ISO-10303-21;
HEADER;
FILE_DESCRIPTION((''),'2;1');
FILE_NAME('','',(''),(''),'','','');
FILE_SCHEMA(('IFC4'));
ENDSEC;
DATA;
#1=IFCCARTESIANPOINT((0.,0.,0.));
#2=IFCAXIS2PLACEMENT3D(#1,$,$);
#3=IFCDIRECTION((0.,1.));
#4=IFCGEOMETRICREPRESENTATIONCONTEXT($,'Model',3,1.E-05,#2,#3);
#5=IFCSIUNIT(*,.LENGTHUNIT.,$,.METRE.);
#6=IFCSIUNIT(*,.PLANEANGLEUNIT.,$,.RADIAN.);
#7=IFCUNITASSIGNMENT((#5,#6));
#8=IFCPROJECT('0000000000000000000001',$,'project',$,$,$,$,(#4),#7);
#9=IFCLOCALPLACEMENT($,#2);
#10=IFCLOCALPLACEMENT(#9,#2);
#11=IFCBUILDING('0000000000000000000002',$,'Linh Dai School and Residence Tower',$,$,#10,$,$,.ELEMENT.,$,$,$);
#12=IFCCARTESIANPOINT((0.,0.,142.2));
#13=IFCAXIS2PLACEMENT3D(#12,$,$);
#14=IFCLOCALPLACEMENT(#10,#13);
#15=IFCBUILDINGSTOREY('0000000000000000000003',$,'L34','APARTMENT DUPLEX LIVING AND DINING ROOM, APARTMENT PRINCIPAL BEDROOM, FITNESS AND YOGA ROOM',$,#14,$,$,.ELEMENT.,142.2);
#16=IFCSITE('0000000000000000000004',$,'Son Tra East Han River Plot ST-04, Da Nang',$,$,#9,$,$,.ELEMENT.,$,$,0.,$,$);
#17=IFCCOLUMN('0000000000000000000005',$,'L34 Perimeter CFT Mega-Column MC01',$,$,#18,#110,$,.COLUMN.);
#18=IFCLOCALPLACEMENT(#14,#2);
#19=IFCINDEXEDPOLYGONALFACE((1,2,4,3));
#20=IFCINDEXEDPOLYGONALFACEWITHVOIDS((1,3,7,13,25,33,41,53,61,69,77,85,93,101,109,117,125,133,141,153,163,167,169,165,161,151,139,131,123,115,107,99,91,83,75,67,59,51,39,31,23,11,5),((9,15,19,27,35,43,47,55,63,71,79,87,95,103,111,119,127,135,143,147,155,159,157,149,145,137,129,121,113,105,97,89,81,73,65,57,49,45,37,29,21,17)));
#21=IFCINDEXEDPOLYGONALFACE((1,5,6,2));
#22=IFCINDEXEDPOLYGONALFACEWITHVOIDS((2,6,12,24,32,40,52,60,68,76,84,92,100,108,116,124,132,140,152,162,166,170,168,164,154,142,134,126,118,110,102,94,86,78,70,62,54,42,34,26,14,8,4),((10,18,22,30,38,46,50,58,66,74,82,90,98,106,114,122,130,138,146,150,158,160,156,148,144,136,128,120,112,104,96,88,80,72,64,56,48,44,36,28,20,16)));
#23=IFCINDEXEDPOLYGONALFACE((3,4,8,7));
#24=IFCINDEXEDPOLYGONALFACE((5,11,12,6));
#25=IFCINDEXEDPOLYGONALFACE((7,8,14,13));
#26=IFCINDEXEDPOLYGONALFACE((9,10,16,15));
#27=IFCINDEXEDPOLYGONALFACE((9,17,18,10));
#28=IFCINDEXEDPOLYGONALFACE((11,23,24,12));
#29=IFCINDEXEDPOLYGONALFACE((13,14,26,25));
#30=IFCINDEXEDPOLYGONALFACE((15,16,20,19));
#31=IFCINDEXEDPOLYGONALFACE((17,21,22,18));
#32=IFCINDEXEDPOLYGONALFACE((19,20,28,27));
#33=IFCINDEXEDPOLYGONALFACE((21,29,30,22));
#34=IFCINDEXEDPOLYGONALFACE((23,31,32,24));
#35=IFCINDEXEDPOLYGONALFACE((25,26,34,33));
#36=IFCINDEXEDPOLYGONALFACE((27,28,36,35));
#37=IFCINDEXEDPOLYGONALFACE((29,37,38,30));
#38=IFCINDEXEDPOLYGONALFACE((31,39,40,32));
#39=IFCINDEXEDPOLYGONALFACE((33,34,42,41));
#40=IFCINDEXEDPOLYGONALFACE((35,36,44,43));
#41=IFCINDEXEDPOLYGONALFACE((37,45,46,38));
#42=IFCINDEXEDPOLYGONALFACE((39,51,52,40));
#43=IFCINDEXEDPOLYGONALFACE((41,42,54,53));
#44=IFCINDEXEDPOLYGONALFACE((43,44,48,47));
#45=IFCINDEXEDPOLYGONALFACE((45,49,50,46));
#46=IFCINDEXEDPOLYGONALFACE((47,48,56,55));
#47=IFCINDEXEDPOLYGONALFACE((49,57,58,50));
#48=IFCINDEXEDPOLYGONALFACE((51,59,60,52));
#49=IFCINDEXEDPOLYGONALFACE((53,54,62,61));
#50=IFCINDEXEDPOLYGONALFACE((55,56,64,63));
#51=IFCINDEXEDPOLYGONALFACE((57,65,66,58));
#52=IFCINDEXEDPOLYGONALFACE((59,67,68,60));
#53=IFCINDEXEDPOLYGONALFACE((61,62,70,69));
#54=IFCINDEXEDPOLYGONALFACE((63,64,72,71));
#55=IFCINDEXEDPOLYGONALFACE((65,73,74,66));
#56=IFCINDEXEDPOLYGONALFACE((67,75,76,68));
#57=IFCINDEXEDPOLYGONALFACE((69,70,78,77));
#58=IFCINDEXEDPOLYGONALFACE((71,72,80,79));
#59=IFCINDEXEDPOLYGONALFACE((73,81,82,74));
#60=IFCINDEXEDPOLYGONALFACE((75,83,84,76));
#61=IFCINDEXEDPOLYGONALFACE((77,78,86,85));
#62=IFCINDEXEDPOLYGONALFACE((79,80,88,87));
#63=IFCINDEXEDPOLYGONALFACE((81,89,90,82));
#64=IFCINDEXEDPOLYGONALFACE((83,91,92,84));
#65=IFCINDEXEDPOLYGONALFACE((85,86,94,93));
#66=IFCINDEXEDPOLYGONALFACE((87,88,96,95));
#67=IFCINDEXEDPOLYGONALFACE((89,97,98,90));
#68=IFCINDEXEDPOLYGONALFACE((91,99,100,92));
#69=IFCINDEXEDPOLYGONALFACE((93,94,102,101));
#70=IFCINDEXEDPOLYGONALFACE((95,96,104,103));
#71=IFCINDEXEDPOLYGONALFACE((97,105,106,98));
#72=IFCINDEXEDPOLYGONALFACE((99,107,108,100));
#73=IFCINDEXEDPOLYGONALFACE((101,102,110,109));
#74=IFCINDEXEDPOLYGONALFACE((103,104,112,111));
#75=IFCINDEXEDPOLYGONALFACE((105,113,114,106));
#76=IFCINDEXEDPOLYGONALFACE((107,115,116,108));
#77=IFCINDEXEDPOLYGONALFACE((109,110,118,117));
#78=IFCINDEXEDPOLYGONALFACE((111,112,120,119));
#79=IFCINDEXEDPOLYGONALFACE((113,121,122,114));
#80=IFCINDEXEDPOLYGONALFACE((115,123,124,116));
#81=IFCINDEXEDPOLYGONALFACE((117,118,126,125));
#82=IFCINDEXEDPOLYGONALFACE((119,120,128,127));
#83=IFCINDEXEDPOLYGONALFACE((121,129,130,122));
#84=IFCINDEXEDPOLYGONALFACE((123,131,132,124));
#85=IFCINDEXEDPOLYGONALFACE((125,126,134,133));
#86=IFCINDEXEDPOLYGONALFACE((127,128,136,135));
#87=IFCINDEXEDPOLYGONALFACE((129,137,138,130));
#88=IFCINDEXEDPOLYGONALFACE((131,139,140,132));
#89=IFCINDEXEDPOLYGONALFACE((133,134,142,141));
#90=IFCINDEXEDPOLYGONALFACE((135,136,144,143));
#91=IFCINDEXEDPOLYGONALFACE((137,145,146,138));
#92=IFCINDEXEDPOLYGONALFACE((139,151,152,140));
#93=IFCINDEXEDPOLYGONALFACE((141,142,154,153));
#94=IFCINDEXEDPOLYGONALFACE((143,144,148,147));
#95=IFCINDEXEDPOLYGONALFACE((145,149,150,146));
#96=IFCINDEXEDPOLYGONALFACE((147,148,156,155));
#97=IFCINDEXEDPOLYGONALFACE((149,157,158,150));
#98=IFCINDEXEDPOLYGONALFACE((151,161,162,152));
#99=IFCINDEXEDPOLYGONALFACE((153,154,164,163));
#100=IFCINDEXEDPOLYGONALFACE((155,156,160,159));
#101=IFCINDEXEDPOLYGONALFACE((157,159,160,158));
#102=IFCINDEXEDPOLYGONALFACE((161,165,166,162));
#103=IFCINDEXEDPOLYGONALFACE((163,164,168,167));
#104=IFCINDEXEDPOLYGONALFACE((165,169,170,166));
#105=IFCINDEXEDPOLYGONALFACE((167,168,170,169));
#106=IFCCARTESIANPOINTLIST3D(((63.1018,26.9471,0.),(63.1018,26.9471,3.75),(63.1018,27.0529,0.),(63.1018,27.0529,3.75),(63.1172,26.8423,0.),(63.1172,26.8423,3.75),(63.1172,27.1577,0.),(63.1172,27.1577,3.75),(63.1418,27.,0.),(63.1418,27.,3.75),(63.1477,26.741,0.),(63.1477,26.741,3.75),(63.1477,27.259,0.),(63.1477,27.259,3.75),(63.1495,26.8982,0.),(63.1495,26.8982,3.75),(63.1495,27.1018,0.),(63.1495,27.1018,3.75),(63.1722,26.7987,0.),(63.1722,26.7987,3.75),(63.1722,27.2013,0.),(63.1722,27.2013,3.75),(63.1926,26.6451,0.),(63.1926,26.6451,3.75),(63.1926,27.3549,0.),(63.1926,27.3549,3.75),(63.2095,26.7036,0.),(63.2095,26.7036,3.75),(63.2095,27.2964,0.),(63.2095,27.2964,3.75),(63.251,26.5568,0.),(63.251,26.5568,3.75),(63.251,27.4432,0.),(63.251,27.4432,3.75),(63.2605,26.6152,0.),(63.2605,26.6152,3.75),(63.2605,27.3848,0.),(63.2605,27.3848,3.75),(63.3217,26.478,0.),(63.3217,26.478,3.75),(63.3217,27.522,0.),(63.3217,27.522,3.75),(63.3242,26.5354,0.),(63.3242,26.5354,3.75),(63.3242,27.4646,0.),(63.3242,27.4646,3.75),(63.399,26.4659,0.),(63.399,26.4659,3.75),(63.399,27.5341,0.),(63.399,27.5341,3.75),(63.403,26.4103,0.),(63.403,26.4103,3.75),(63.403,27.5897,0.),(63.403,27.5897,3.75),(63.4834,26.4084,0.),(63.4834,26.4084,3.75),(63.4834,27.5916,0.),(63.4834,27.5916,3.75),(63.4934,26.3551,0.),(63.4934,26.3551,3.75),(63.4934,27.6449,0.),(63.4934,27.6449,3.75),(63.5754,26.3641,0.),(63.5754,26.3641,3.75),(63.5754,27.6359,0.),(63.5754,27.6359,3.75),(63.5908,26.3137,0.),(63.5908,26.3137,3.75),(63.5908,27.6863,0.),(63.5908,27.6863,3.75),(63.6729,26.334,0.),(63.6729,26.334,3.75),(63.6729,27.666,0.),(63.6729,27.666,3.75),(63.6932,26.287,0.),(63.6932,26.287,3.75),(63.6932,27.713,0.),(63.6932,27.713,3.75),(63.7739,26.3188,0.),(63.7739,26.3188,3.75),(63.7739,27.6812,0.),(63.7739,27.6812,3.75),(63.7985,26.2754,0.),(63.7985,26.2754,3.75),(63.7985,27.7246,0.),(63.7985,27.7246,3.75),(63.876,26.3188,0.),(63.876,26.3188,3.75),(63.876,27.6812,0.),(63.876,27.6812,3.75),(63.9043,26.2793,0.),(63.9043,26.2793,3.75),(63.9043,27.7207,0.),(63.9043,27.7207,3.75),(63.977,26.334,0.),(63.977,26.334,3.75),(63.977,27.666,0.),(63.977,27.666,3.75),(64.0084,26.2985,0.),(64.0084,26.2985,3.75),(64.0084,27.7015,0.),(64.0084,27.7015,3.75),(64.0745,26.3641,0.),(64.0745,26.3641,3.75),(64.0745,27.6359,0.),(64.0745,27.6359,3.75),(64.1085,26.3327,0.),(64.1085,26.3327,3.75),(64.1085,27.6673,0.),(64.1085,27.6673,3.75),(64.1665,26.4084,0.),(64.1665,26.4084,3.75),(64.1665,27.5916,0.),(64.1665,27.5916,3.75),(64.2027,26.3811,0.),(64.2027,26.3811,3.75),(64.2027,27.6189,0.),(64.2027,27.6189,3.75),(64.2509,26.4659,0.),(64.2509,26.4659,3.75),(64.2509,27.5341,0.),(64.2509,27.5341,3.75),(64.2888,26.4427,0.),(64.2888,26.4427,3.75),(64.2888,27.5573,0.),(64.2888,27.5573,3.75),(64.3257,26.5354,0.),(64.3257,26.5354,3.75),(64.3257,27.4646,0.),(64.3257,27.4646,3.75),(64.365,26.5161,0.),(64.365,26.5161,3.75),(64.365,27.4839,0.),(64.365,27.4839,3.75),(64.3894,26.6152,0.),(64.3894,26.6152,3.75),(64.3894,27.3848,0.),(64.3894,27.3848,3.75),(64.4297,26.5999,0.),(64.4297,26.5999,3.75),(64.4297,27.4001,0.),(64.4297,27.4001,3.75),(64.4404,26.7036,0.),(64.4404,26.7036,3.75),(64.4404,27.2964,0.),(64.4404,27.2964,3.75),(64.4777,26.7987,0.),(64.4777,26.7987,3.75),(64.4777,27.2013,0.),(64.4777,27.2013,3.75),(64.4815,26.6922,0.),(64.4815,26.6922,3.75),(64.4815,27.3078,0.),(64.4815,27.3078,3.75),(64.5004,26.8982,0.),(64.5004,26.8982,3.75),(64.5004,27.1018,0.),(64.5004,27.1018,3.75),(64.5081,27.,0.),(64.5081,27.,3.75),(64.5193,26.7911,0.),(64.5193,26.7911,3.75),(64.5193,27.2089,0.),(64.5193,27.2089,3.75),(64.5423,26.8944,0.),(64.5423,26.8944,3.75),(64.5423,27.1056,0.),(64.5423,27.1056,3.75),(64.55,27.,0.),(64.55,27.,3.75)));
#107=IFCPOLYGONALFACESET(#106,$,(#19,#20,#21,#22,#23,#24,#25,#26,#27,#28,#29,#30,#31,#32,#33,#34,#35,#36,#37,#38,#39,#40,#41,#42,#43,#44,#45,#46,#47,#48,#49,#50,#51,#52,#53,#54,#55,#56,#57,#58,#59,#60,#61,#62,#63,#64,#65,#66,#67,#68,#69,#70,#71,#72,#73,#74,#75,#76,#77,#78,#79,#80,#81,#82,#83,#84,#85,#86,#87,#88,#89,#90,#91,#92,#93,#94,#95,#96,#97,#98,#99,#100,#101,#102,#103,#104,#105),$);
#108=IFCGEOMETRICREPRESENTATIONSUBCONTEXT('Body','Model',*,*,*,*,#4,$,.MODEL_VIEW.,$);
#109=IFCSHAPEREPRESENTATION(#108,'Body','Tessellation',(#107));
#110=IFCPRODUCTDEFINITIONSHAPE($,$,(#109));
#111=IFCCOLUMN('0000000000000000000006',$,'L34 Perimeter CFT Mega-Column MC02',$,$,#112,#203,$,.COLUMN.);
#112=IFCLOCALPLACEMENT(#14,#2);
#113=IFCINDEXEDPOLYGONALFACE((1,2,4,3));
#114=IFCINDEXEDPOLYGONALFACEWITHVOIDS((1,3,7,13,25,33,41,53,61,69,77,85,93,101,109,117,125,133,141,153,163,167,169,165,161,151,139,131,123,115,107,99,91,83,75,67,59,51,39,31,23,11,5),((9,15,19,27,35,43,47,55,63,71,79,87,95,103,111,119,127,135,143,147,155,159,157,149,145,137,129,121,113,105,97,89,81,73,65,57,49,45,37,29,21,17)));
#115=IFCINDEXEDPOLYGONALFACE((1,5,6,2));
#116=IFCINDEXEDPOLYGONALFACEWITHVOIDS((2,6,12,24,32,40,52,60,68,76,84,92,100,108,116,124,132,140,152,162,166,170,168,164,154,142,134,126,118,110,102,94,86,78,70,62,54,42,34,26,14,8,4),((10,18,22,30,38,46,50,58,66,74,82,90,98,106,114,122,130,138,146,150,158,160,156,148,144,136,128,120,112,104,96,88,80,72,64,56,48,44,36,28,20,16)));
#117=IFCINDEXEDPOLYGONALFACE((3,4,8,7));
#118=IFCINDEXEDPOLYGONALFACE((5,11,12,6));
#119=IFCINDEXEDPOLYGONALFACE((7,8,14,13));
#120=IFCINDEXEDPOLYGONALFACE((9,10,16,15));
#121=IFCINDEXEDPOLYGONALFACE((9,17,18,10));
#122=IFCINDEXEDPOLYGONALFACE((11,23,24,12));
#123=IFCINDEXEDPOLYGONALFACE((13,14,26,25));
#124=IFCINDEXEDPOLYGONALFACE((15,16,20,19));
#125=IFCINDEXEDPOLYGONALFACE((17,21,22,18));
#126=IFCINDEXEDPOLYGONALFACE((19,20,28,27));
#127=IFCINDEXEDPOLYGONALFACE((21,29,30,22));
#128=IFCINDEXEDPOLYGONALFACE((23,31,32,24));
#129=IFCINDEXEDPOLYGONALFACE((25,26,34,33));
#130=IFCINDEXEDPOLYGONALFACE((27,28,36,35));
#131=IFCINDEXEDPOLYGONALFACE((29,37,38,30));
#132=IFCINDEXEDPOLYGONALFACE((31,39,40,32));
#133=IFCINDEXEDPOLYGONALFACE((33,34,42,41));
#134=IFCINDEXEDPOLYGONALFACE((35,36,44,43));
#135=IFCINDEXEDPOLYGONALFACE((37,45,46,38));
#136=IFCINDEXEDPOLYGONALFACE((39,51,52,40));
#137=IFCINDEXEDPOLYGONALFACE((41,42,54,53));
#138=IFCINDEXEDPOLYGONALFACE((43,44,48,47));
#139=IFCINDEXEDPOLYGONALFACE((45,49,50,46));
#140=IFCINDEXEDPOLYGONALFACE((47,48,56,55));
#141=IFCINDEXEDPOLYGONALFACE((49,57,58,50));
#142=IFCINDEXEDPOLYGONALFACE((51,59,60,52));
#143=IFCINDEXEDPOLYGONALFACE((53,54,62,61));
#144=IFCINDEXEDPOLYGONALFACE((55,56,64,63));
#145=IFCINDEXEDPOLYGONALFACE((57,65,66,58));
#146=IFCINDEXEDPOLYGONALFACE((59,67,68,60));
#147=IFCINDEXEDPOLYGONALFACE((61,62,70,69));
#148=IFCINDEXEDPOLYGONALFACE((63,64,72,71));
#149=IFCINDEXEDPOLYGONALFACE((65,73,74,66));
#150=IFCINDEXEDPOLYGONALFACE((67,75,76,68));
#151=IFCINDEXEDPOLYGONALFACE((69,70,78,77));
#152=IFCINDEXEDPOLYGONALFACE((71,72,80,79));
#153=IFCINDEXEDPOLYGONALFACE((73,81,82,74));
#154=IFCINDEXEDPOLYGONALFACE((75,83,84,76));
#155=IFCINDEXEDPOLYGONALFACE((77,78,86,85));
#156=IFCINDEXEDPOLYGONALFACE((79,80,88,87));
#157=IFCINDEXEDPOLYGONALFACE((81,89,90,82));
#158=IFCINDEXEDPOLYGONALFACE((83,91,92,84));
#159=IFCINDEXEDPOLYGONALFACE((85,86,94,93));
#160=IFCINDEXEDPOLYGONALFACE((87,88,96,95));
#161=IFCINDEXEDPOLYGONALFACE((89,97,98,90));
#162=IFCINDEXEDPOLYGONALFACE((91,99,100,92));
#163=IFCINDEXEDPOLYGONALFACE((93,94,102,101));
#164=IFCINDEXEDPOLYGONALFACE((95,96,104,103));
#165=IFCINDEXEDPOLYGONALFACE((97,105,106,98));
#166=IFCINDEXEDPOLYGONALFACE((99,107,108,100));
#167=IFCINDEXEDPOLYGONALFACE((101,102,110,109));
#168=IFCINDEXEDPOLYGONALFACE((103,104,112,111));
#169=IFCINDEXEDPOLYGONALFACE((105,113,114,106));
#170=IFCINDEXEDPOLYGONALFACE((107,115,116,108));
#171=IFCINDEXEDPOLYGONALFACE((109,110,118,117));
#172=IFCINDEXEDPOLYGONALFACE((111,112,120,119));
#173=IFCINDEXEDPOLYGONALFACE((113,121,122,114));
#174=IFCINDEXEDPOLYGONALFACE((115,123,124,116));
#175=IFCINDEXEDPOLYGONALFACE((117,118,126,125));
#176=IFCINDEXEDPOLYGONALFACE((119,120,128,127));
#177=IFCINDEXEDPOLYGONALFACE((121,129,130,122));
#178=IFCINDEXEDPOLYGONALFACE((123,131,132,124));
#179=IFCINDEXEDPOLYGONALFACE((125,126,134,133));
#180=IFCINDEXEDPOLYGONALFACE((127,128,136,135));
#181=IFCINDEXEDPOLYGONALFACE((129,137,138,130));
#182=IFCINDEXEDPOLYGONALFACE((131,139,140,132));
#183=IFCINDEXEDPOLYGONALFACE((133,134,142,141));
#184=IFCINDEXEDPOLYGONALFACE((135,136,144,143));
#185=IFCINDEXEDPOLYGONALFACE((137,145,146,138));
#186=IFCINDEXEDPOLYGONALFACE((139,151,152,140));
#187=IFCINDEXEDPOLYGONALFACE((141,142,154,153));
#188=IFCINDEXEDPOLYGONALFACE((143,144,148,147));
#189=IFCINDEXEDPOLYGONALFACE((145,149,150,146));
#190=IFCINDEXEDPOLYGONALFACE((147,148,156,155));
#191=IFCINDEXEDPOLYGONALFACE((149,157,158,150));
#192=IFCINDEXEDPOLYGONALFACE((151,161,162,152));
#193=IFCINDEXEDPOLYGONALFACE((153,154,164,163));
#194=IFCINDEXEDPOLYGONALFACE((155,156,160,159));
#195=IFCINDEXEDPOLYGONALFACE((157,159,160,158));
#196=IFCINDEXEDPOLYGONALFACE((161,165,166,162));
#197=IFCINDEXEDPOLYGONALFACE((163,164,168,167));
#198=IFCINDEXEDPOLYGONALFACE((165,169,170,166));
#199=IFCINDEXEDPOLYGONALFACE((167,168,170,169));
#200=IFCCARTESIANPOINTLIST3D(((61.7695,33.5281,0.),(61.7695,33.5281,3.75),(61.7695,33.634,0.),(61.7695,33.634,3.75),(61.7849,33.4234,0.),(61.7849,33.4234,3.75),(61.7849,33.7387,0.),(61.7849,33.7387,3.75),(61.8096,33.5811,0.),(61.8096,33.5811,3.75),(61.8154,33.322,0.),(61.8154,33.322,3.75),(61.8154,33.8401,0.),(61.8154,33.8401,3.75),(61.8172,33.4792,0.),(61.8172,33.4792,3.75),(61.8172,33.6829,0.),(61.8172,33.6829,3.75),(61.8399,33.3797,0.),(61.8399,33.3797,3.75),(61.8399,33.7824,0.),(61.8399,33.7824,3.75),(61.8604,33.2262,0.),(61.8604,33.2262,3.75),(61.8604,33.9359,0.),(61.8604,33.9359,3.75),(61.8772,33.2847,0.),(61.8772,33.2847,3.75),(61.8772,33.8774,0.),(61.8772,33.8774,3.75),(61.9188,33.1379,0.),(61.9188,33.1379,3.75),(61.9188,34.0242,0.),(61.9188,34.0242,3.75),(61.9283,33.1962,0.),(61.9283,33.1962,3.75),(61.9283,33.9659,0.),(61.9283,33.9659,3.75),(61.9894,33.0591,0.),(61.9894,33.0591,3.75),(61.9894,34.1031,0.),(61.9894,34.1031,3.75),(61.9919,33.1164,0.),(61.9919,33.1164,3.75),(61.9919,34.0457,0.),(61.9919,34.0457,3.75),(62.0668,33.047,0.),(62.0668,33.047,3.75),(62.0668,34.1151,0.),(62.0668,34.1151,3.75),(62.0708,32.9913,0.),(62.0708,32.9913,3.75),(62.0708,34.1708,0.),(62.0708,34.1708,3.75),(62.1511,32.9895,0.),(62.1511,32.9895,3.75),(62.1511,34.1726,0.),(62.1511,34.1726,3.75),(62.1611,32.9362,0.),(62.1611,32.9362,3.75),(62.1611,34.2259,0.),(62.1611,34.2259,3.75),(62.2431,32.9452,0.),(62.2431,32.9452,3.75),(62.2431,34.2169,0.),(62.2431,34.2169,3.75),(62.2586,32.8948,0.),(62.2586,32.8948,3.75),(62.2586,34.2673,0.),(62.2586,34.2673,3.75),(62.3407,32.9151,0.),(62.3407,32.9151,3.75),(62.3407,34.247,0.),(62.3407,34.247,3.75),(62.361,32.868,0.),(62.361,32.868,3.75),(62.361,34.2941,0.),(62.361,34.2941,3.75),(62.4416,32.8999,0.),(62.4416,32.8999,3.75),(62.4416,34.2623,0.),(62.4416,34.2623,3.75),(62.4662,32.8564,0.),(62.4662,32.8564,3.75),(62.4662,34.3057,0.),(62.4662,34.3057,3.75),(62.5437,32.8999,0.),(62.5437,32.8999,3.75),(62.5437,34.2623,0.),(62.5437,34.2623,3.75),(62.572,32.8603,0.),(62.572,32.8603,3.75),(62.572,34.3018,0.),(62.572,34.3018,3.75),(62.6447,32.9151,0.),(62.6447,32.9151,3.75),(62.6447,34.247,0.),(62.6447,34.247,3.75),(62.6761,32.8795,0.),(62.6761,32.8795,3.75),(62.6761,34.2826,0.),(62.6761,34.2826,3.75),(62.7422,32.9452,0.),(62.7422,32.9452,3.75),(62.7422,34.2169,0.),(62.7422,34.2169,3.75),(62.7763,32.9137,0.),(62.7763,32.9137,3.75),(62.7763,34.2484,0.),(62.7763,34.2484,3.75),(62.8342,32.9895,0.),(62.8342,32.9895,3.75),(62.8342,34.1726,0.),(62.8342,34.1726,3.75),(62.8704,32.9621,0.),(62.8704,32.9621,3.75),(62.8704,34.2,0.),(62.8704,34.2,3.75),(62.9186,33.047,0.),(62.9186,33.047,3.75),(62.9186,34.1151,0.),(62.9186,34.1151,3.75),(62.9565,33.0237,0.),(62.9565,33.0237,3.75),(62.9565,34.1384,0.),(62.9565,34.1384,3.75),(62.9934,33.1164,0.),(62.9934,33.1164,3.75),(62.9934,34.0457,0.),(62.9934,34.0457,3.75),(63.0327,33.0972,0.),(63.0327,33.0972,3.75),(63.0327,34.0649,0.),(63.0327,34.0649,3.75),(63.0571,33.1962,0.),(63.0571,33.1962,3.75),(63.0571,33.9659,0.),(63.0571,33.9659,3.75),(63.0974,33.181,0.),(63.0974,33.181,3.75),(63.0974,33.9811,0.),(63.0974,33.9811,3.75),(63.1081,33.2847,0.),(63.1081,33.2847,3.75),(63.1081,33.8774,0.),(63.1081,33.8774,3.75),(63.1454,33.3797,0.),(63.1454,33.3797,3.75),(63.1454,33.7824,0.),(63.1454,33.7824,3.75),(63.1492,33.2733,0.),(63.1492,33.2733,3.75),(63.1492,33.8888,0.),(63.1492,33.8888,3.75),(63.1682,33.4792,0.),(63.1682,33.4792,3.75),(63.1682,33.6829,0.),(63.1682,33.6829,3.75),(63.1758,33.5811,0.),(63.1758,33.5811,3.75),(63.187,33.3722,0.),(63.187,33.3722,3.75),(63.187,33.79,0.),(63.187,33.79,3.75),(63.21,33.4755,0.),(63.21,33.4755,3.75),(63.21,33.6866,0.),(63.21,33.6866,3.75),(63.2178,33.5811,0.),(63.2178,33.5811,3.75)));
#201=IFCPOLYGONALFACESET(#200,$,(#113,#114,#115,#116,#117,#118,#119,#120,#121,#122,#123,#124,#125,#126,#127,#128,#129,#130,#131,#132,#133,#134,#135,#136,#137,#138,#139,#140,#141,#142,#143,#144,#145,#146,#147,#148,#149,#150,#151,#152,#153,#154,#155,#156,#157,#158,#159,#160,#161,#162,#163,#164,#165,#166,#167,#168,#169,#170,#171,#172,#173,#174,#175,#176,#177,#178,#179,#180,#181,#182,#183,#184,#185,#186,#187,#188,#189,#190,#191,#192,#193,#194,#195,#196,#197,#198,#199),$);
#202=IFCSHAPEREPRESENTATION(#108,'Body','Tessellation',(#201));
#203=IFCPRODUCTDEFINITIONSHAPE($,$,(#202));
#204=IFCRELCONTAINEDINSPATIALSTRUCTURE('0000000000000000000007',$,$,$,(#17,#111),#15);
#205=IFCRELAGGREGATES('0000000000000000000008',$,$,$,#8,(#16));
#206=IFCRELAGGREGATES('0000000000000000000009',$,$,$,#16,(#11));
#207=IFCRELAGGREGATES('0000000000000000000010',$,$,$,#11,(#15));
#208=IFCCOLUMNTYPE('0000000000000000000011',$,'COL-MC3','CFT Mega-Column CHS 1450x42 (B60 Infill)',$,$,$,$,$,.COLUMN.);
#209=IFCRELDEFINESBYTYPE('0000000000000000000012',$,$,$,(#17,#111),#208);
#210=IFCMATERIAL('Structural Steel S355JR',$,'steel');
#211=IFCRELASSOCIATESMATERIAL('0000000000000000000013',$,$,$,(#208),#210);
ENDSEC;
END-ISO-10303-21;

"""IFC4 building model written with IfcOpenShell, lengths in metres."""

from ifc_helpers import new_model, si_unit, direction, frame, origin, origin_2d, place, context, subcontext, project, spatial, hollow_circle, extrude, material, material_profile, profile_set, type_object, element, save


model = new_model("IFC4")

# Units and contexts
model_context = context("Model", 3, precision=1e-05, world=origin(), true_north=direction((0.0, 1.0)))
body_context = subcontext(model_context, "Body", "Model", "MODEL_VIEW")
ifc_project = project(units=[si_unit("LENGTHUNIT", "METRE"), si_unit("PLANEANGLEUNIT", "RADIAN")], contexts=[model_context])

# Site, building, storey
site_placement = place(None, origin())
site = spatial("IfcSite", under=ifc_project, at=site_placement, Name="Son Tra East Han River Plot ST-04, Da Nang", CompositionType="ELEMENT", RefElevation=0.0)
building_placement = place(site_placement, origin())
building = spatial("IfcBuilding", under=site, at=building_placement, Name="Linh Dai School and Residence Tower", CompositionType="ELEMENT")
storey_placement = place(building_placement, frame((0.0, 0.0, 142.2)))
storey = spatial("IfcBuildingStorey", under=building, at=storey_placement, Name="L34", Description="APARTMENT DUPLEX LIVING AND DINING ROOM, APARTMENT PRINCIPAL BEDROOM, FITNESS AND YOGA ROOM", CompositionType="ELEMENT", Elevation=142.2)

# Columns
ifc_material_1 = material(Name="Structural Steel S355JR", Category="steel")
ifc_material_profile_1 = material_profile(ifc_material_1, hollow_circle(Radius=0.7251, WallThickness=0.042, at=origin_2d()), Name="CHS 1450x42")
ifc_profile_set_1 = profile_set([ifc_material_profile_1], Name="Structural Steel S355JR")
column_type = type_object("IfcColumnType", Name="COL-MC3", Description="CFT Mega-Column CHS 1450x42 (B60 Infill)", PredefinedType="COLUMN", material=ifc_profile_set_1)
for number, where, z_axis, x_axis, name in (
    (1, (63.825, 27.0, 0.0), (0.0, 0.0, 1.0), (1.0, 0.0, 0.0), "L34 Perimeter CFT Mega-Column MC01"),
    (2, (62.4927, 33.5811, 0.0), (0.0, 0.0, 1.0), (1.0, 0.0, 0.0), "L34 Perimeter CFT Mega-Column MC02"),
):
    element("IfcColumn", number, at=place(storey_placement, frame(where, z_axis=z_axis, x_axis=x_axis)), inside=storey, type_object=column_type, Name=name, PredefinedType="COLUMN", context=body_context, shape_type="SweptSolid", body=[
        extrude(hollow_circle(Radius=0.7251, WallThickness=0.042, at=origin_2d()), origin(), (0.0, 0.0, 1.0), 3.75),
    ])

save(model, "model.ifc")
